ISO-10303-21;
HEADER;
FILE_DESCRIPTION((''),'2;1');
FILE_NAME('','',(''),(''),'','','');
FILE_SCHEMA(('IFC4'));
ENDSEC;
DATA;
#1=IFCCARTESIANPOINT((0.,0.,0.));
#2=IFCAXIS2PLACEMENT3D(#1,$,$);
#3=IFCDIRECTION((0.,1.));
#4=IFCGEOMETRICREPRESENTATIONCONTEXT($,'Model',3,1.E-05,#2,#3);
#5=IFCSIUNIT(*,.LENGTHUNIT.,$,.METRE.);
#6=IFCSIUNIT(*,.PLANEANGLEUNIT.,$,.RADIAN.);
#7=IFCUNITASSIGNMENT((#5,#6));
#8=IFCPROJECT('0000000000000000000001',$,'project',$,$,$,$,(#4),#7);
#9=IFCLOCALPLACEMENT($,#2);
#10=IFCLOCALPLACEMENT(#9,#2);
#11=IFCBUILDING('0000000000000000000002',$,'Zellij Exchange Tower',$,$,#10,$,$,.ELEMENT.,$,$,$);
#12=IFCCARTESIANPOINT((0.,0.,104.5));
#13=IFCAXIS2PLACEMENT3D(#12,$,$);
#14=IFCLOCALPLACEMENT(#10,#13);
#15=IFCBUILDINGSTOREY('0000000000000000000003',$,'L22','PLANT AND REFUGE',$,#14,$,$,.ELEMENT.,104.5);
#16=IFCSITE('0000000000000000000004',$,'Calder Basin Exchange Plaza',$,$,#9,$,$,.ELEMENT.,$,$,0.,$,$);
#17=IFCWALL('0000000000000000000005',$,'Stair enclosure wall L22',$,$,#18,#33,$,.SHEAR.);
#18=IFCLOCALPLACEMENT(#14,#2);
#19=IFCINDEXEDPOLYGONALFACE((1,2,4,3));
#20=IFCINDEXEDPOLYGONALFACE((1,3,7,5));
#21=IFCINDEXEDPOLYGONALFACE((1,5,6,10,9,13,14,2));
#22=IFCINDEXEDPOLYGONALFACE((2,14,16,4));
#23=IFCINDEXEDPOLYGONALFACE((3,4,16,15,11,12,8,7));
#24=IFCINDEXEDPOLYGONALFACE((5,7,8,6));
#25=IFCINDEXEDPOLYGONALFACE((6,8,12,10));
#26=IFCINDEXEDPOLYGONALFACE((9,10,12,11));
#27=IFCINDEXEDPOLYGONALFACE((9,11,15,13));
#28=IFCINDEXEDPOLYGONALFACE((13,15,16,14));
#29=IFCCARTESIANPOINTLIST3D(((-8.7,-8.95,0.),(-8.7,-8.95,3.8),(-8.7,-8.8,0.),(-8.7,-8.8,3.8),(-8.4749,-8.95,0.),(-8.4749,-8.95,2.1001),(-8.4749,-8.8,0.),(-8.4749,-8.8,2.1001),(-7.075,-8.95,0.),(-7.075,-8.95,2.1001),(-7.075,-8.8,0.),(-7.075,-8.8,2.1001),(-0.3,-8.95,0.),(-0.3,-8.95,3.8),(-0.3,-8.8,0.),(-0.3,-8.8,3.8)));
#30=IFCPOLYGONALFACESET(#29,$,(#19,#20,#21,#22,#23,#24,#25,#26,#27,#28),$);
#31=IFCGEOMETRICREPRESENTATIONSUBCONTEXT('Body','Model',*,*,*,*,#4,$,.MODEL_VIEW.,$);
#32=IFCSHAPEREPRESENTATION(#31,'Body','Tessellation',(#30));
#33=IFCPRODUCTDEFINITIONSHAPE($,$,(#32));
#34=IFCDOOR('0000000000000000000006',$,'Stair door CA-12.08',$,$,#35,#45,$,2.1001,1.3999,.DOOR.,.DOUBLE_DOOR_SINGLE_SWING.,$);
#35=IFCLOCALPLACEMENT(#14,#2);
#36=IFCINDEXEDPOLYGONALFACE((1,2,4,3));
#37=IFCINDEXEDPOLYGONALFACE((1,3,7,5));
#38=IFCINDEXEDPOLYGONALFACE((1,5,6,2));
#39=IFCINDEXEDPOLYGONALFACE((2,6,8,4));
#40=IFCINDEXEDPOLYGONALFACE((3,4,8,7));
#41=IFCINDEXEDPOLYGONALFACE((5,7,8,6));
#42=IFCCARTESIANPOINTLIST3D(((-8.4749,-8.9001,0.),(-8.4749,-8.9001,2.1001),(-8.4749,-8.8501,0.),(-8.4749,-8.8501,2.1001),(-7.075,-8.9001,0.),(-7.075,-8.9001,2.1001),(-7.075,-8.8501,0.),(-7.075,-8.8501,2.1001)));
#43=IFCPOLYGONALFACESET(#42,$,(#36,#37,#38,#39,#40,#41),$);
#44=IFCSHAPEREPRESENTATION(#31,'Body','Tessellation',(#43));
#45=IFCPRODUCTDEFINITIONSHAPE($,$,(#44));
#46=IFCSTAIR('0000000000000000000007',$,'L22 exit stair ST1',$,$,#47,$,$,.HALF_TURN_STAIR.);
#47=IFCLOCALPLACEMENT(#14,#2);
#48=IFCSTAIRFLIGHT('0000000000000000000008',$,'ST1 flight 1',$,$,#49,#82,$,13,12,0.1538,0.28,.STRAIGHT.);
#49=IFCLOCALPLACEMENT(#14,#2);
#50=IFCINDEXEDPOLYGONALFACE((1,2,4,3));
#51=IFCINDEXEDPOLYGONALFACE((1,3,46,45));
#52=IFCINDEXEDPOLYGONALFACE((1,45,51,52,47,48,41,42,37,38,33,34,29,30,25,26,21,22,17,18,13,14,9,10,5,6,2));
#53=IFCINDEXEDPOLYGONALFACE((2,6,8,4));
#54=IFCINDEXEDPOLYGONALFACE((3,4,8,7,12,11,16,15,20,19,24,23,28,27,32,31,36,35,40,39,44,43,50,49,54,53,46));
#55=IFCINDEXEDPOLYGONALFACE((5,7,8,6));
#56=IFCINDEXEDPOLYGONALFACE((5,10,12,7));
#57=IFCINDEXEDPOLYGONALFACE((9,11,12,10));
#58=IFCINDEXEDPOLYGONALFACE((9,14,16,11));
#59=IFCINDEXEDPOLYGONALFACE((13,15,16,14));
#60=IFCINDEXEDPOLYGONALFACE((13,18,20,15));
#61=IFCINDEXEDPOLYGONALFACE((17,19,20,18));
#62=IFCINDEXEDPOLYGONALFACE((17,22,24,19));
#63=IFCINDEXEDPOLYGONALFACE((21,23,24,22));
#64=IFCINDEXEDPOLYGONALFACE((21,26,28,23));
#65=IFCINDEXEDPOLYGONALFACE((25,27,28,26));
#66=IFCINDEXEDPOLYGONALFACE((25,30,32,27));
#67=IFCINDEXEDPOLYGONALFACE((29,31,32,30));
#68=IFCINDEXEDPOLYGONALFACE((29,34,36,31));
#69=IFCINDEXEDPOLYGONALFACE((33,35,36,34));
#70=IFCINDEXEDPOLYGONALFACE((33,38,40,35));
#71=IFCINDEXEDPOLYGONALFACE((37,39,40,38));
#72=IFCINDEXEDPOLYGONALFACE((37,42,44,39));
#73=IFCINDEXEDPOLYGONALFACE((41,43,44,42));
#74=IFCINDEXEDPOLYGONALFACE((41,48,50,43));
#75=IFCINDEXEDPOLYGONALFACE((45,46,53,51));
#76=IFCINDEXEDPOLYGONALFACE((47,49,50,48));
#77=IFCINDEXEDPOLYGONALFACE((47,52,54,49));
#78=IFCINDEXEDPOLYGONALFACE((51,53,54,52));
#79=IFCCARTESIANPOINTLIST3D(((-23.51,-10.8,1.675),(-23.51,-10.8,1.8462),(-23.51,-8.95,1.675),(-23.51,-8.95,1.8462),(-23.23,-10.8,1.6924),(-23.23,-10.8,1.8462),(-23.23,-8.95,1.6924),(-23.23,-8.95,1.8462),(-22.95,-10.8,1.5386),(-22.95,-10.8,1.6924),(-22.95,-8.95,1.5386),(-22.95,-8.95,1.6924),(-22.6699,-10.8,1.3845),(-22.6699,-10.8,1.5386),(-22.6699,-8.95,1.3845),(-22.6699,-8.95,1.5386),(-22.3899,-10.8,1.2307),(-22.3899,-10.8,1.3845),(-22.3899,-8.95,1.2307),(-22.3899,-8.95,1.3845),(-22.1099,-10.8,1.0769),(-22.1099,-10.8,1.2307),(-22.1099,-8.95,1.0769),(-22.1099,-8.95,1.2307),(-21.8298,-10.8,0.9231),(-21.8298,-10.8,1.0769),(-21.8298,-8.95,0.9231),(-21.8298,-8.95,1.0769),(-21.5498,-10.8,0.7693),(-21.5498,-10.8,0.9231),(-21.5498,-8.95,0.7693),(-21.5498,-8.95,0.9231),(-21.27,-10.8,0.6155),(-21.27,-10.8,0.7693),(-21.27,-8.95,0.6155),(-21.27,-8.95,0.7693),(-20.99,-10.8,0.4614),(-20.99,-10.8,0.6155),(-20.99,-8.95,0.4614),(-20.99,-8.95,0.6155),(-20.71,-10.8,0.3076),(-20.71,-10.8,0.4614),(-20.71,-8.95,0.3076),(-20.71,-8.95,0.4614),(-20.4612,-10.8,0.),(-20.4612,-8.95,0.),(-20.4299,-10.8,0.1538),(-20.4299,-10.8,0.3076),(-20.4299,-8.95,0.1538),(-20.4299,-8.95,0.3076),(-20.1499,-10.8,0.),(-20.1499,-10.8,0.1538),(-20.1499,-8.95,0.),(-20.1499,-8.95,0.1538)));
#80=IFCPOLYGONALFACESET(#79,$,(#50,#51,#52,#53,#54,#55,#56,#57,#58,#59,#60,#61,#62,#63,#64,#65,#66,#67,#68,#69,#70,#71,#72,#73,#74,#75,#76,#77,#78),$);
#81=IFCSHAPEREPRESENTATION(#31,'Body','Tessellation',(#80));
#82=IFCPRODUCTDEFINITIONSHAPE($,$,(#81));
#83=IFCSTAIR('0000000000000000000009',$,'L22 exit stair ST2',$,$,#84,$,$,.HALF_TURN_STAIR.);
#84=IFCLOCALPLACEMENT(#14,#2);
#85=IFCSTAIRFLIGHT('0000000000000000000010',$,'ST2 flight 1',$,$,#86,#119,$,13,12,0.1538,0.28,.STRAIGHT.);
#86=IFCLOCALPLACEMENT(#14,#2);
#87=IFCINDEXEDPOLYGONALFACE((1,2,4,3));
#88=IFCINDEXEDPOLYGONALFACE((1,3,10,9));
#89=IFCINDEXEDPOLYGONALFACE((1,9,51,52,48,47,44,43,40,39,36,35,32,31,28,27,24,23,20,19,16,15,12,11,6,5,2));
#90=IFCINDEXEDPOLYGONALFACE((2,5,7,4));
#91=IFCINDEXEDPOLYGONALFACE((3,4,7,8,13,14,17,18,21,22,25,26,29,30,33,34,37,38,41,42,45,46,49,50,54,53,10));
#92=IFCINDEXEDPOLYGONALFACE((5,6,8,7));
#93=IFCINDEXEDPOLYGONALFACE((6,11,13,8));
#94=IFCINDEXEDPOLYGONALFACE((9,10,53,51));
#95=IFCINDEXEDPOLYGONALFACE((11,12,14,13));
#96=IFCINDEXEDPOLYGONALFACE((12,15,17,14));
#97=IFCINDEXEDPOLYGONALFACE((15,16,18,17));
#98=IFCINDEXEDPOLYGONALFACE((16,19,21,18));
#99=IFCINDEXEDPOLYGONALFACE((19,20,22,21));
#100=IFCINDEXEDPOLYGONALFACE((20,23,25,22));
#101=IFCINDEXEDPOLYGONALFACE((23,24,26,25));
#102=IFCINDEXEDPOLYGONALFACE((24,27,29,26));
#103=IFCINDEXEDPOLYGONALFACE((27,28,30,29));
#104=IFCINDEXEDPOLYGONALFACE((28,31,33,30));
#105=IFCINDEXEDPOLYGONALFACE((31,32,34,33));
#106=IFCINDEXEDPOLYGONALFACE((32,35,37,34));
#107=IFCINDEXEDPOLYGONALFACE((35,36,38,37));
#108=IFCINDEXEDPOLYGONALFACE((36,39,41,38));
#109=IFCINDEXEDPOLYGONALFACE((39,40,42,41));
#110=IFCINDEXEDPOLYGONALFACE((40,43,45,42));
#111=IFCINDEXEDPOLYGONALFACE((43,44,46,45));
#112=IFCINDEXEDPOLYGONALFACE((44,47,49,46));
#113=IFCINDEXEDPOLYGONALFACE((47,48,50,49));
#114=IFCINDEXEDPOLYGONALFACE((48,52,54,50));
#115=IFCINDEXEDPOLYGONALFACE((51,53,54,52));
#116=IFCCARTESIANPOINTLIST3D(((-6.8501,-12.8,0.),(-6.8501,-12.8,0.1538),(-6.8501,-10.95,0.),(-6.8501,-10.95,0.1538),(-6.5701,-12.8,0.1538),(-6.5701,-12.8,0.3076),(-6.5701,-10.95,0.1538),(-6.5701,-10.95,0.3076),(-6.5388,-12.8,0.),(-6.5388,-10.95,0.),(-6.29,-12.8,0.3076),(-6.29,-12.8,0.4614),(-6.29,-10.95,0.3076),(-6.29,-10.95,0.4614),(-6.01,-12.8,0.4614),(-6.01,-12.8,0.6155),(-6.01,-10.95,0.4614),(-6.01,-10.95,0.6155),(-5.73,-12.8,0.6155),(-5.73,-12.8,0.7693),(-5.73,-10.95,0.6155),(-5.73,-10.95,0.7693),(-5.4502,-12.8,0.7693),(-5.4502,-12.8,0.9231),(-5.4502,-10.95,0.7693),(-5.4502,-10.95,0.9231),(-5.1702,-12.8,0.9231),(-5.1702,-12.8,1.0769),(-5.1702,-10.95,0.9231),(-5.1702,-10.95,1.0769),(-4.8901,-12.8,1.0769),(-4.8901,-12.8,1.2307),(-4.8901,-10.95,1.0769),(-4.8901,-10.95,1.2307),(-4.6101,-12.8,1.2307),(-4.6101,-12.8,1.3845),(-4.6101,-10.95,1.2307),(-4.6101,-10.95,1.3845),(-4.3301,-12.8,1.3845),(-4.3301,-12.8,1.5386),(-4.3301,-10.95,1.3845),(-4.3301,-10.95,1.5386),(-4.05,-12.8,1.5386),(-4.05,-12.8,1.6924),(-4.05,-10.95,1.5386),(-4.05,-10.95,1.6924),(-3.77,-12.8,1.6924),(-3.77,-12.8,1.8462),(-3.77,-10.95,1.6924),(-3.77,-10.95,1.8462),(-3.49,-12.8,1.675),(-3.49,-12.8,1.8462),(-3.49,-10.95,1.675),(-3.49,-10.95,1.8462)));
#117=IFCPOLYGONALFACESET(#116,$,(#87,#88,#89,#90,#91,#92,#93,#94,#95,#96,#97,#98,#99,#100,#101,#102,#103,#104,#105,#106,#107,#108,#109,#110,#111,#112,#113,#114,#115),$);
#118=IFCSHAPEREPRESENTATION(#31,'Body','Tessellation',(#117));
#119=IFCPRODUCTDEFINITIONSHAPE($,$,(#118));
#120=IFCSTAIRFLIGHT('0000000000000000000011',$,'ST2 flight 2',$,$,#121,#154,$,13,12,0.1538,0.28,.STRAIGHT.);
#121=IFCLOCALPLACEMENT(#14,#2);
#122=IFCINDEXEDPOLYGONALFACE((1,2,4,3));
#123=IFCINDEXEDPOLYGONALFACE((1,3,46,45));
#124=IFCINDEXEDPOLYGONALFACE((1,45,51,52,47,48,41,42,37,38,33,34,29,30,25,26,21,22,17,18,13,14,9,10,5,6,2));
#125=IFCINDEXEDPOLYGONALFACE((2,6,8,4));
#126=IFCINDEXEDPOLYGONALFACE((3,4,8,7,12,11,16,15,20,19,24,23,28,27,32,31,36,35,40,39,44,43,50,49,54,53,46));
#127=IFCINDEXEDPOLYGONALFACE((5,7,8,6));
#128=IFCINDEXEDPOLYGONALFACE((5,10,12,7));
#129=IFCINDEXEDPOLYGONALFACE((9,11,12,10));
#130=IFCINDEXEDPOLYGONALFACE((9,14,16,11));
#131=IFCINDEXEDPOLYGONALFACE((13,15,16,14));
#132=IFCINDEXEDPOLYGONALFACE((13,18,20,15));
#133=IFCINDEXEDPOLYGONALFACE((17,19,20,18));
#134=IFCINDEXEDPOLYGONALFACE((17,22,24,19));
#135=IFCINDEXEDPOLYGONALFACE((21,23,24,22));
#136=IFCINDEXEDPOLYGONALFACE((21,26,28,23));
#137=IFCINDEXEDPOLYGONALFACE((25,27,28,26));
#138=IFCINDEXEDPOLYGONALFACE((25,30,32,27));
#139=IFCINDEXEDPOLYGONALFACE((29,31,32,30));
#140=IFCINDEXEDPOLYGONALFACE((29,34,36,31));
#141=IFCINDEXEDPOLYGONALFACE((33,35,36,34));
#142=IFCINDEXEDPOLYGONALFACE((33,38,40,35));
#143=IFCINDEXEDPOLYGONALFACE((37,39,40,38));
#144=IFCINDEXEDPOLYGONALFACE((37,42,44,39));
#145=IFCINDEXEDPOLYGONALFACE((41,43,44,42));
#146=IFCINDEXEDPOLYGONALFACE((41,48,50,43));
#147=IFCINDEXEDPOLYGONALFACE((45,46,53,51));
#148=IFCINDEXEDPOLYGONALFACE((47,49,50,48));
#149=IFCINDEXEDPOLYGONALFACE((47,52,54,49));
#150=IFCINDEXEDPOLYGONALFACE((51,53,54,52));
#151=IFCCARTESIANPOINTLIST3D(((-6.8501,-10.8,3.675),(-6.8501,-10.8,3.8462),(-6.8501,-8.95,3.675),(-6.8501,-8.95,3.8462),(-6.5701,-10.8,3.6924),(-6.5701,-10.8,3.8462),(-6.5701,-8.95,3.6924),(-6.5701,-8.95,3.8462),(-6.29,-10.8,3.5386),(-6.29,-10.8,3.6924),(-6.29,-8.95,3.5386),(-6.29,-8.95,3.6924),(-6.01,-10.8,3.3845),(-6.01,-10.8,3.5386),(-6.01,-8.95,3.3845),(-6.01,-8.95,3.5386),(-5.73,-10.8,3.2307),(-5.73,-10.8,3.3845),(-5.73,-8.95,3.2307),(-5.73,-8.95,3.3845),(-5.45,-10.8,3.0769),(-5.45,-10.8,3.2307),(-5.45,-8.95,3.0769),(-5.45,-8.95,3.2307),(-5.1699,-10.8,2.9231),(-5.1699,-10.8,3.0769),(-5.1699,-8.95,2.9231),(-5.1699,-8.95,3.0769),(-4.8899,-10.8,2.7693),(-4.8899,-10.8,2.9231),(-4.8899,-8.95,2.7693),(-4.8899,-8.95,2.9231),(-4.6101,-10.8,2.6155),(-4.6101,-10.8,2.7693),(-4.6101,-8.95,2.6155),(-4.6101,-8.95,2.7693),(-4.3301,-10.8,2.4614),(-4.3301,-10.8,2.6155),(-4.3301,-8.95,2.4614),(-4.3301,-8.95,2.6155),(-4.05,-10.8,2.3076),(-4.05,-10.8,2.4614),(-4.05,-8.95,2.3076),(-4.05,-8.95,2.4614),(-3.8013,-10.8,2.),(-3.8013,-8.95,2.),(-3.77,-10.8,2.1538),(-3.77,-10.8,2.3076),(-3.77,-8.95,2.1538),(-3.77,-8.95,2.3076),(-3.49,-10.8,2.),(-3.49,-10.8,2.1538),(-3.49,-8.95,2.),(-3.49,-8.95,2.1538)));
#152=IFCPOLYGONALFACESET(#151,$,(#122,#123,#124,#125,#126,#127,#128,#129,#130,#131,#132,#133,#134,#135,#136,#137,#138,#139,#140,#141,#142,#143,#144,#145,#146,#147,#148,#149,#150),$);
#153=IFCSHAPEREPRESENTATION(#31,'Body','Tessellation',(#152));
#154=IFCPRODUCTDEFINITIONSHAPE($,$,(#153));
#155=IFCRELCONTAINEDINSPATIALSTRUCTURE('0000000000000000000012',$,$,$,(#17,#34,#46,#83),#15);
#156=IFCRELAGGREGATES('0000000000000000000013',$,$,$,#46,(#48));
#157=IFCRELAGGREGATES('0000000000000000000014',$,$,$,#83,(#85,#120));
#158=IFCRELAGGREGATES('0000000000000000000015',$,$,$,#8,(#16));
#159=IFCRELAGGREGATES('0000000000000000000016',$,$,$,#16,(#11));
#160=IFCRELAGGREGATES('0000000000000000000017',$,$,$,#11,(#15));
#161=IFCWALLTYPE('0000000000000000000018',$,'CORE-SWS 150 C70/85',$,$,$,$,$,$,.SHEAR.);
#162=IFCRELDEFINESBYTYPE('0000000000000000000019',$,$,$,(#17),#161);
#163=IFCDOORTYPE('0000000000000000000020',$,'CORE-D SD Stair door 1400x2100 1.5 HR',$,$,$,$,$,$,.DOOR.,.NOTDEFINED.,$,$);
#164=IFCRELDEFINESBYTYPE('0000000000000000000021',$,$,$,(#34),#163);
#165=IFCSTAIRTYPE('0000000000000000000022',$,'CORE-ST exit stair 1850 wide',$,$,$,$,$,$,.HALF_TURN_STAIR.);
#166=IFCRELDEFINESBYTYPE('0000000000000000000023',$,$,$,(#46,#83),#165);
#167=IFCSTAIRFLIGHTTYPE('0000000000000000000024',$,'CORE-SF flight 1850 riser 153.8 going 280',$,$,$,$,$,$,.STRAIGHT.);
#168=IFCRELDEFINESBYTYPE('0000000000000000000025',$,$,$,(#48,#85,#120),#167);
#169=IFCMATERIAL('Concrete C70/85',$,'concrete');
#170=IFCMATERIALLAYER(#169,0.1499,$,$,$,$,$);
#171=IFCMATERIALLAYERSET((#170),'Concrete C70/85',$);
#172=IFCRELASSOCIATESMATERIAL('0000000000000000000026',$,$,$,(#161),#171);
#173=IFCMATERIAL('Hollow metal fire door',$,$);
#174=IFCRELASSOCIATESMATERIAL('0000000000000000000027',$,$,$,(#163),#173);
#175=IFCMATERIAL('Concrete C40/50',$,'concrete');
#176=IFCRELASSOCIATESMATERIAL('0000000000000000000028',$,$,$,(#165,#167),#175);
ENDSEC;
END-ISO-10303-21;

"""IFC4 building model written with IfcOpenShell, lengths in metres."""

from ifc_helpers import new_model, si_unit, direction, frame, frame_2d, origin, place, context, subcontext, project, spatial, polyline, rectangle, outline, extrude, material, layer, layer_set, type_object, element, fill, aggregate, save


model = new_model("IFC4")

# Units and contexts
model_context = context("Model", 3, precision=1e-05, world=origin(), true_north=direction((0.0, 1.0)))
body_context = subcontext(model_context, "Body", "Model", "MODEL_VIEW")
ifc_project = project(units=[si_unit("LENGTHUNIT", "METRE"), si_unit("PLANEANGLEUNIT", "RADIAN")], contexts=[model_context])

# Site, building, storey
site_placement = place(None, origin())
site = spatial("IfcSite", under=ifc_project, at=site_placement, Name="Calder Basin Exchange Plaza", CompositionType="ELEMENT", RefElevation=0.0)
building_placement = place(site_placement, origin())
building = spatial("IfcBuilding", under=site, at=building_placement, Name="Zellij Exchange Tower", CompositionType="ELEMENT")
storey_placement = place(building_placement, frame((0.0, 0.0, 104.5)))
storey = spatial("IfcBuildingStorey", under=building, at=storey_placement, Name="L22", Description="PLANT AND REFUGE", CompositionType="ELEMENT", Elevation=104.5)

# Shared definitions
ifc_material_1 = material(Name="Concrete C70/85", Category="concrete")

# Shared definitions
ifc_material_2 = material(Name="Hollow metal fire door")

# Wall, opening, door
ifc_layer_1 = layer(ifc_material_1, 0.1499)
ifc_layer_set_1 = layer_set([ifc_layer_1], Name="Concrete C70/85")
wall_type_1 = type_object("IfcWallType", Name="CORE-SWS 150 C70/85", PredefinedType="SHEAR", material=ifc_layer_set_1)
wall_1_placement = place(storey_placement, frame((-8.7, -8.875, 0.0), z_axis=(0.0, 0.0, 1.0), x_axis=(1.0, 0.0, 0.0)))
wall_1 = element("IfcWall", 1, at=wall_1_placement, inside=storey, type_object=wall_type_1, Name="Stair enclosure wall L22", PredefinedType="SHEAR", context=body_context, shape_type="SweptSolid", body=[
    extrude(rectangle(XDim=8.3999, YDim=0.1499, at=frame_2d((4.2, 0.0))), origin(), (0.0, 0.0, 1.0), 3.8),
])
opening_1_placement = place(wall_1_placement, frame((0.2251, 0.0, 0.0)))
opening_1 = element("IfcOpeningElement", 2, at=opening_1_placement, cuts=wall_1, PredefinedType="OPENING", context=body_context, shape_type="SweptSolid", body=[
    extrude(rectangle(XDim=1.3999, YDim=2.1001, at=frame_2d((0.7, 1.05))), frame((0.0, 0.0869, 0.0), z_axis=(0.0, -1.0, 0.0), x_axis=(1.0, 0.0, 0.0)), (0.0, 0.0, 1.0), 0.1738),
])
door_type_1 = type_object("IfcDoorType", Name="CORE-D SD Stair door 1400x2100 1.5 HR", OperationType="NOTDEFINED", PredefinedType="DOOR", material=ifc_material_2)
door_1_placement = place(opening_1_placement, origin())
door_1 = element("IfcDoor", 3, at=door_1_placement, inside=storey, type_object=door_type_1, Name="Stair door CA-12.08", OperationType="DOUBLE_DOOR_SINGLE_SWING", OverallHeight=2.1001, OverallWidth=1.3999, PredefinedType="DOOR", context=body_context, shape_type="SweptSolid", body=[
    extrude(rectangle(XDim=1.3999, YDim=2.1001, at=frame_2d((0.7, 1.05))), frame((0.0, 0.0249, 0.0), z_axis=(0.0, -1.0, 0.0), x_axis=(1.0, 0.0, 0.0)), (0.0, 0.0, 1.0), 0.05),
])
fill(opening_1, door_1)

# Stair, stair flight
ifc_material_3 = material(Name="Concrete C40/50", Category="concrete")
stair_type = type_object("IfcStairType", Name="CORE-ST exit stair 1850 wide", PredefinedType="HALF_TURN_STAIR", material=ifc_material_3)
stair_1_placement = place(storey_placement, origin())
stair_1 = element("IfcStair", 4, at=stair_1_placement, inside=storey, type_object=stair_type, Name="L22 exit stair ST1", PredefinedType="HALF_TURN_STAIR")
stair_flight_type = type_object("IfcStairFlightType", Name="CORE-SF flight 1850 riser 153.8 going 280", PredefinedType="STRAIGHT", material=ifc_material_3)
stair_flight_1_placement = place(storey_placement, frame((-20.1499, -9.875, 0.0), z_axis=(0.0, 0.0, 1.0), x_axis=(-1.0, 0.0, 0.0)))
stair_flight_1 = element("IfcStairFlight", 5, at=stair_flight_1_placement, type_object=stair_flight_type, Name="ST1 flight 1", NumberOfRisers=13, NumberOfTreads=12, PredefinedType="STRAIGHT", RiserHeight=0.1538, TreadLength=0.28, context=body_context, shape_type="SweptSolid", body=[
    extrude(outline(polyline([(0.0, 0.0), (0.0, 0.1538), (0.28, 0.1538), (0.28, 0.3076), (0.5601, 0.3076), (0.5601, 0.4614), (0.8401, 0.4614), (0.8401, 0.6155), (1.1201, 0.6155), (1.1201, 0.7693), (1.3999, 0.7693), (1.3999, 0.9231), (1.6799, 0.9231), (1.6799, 1.0769), (1.96, 1.0769), (1.96, 1.2307), (2.24, 1.2307), (2.24, 1.3845), (2.52, 1.3845), (2.52, 1.5386), (2.8, 1.5386), (2.8, 1.6924), (3.0801, 1.6924), (3.0801, 1.8462), (3.3601, 1.8462), (3.3601, 2.0), (3.3601, 1.675), (0.3113, 0.0), (0.0, 0.0)])), frame((0.0, 0.925, 0.0), z_axis=(0.0, -1.0, 0.0), x_axis=(1.0, 0.0, 0.0)), (0.0, 0.0, 1.0), 1.8501),
])
aggregate(stair_1, [stair_flight_1])

# Stair, stair flights
stair_2_placement = place(storey_placement, origin())
stair_2 = element("IfcStair", 6, at=stair_2_placement, inside=storey, type_object=stair_type, Name="L22 exit stair ST2", PredefinedType="HALF_TURN_STAIR")
stair_flight_2_placement = place(storey_placement, frame((-6.8501, -11.875, 0.0), z_axis=(0.0, 0.0, 1.0), x_axis=(1.0, 0.0, 0.0)))
stair_flight_2 = element("IfcStairFlight", 7, at=stair_flight_2_placement, type_object=stair_flight_type, Name="ST2 flight 1", NumberOfRisers=13, NumberOfTreads=12, PredefinedType="STRAIGHT", RiserHeight=0.1538, TreadLength=0.28, context=body_context, shape_type="SweptSolid", body=[
    extrude(outline(polyline([(0.0, 0.0), (0.0, 0.1538), (0.28, 0.1538), (0.28, 0.3076), (0.5601, 0.3076), (0.5601, 0.4614), (0.8401, 0.4614), (0.8401, 0.6155), (1.1201, 0.6155), (1.1201, 0.7693), (1.3999, 0.7693), (1.3999, 0.9231), (1.6799, 0.9231), (1.6799, 1.0769), (1.96, 1.0769), (1.96, 1.2307), (2.24, 1.2307), (2.24, 1.3845), (2.52, 1.3845), (2.52, 1.5386), (2.8, 1.5386), (2.8, 1.6924), (3.0801, 1.6924), (3.0801, 1.8462), (3.3601, 1.8462), (3.3601, 2.0), (3.3601, 1.675), (0.3113, 0.0), (0.0, 0.0)])), frame((0.0, 0.925, 0.0), z_axis=(0.0, -1.0, 0.0), x_axis=(1.0, 0.0, 0.0)), (0.0, 0.0, 1.0), 1.8501),
])
stair_flight_3_placement = place(storey_placement, frame((-3.49, -9.875, 2.0), z_axis=(0.0, 0.0, 1.0), x_axis=(-1.0, 0.0, 0.0)))
stair_flight_3 = element("IfcStairFlight", 8, at=stair_flight_3_placement, type_object=stair_flight_type, Name="ST2 flight 2", NumberOfRisers=13, NumberOfTreads=12, PredefinedType="STRAIGHT", RiserHeight=0.1538, TreadLength=0.28, context=body_context, shape_type="SweptSolid", body=[
    extrude(outline(polyline([(0.0, 0.0), (0.0, 0.1538), (0.28, 0.1538), (0.28, 0.3076), (0.5601, 0.3076), (0.5601, 0.4614), (0.8401, 0.4614), (0.8401, 0.6155), (1.1201, 0.6155), (1.1201, 0.7693), (1.3999, 0.7693), (1.3999, 0.9231), (1.6799, 0.9231), (1.6799, 1.0769), (1.96, 1.0769), (1.96, 1.2307), (2.24, 1.2307), (2.24, 1.3845), (2.52, 1.3845), (2.52, 1.5386), (2.8, 1.5386), (2.8, 1.6924), (3.0801, 1.6924), (3.0801, 1.8462), (3.3601, 1.8462), (3.3601, 2.0), (3.3601, 1.675), (0.3113, 0.0), (0.0, 0.0)])), frame((0.0, 0.925, 0.0), z_axis=(0.0, -1.0, 0.0), x_axis=(1.0, 0.0, 0.0)), (0.0, 0.0, 1.0), 1.8501),
])
aggregate(stair_2, [stair_flight_2, stair_flight_3])

save(model, "model.ifc")
